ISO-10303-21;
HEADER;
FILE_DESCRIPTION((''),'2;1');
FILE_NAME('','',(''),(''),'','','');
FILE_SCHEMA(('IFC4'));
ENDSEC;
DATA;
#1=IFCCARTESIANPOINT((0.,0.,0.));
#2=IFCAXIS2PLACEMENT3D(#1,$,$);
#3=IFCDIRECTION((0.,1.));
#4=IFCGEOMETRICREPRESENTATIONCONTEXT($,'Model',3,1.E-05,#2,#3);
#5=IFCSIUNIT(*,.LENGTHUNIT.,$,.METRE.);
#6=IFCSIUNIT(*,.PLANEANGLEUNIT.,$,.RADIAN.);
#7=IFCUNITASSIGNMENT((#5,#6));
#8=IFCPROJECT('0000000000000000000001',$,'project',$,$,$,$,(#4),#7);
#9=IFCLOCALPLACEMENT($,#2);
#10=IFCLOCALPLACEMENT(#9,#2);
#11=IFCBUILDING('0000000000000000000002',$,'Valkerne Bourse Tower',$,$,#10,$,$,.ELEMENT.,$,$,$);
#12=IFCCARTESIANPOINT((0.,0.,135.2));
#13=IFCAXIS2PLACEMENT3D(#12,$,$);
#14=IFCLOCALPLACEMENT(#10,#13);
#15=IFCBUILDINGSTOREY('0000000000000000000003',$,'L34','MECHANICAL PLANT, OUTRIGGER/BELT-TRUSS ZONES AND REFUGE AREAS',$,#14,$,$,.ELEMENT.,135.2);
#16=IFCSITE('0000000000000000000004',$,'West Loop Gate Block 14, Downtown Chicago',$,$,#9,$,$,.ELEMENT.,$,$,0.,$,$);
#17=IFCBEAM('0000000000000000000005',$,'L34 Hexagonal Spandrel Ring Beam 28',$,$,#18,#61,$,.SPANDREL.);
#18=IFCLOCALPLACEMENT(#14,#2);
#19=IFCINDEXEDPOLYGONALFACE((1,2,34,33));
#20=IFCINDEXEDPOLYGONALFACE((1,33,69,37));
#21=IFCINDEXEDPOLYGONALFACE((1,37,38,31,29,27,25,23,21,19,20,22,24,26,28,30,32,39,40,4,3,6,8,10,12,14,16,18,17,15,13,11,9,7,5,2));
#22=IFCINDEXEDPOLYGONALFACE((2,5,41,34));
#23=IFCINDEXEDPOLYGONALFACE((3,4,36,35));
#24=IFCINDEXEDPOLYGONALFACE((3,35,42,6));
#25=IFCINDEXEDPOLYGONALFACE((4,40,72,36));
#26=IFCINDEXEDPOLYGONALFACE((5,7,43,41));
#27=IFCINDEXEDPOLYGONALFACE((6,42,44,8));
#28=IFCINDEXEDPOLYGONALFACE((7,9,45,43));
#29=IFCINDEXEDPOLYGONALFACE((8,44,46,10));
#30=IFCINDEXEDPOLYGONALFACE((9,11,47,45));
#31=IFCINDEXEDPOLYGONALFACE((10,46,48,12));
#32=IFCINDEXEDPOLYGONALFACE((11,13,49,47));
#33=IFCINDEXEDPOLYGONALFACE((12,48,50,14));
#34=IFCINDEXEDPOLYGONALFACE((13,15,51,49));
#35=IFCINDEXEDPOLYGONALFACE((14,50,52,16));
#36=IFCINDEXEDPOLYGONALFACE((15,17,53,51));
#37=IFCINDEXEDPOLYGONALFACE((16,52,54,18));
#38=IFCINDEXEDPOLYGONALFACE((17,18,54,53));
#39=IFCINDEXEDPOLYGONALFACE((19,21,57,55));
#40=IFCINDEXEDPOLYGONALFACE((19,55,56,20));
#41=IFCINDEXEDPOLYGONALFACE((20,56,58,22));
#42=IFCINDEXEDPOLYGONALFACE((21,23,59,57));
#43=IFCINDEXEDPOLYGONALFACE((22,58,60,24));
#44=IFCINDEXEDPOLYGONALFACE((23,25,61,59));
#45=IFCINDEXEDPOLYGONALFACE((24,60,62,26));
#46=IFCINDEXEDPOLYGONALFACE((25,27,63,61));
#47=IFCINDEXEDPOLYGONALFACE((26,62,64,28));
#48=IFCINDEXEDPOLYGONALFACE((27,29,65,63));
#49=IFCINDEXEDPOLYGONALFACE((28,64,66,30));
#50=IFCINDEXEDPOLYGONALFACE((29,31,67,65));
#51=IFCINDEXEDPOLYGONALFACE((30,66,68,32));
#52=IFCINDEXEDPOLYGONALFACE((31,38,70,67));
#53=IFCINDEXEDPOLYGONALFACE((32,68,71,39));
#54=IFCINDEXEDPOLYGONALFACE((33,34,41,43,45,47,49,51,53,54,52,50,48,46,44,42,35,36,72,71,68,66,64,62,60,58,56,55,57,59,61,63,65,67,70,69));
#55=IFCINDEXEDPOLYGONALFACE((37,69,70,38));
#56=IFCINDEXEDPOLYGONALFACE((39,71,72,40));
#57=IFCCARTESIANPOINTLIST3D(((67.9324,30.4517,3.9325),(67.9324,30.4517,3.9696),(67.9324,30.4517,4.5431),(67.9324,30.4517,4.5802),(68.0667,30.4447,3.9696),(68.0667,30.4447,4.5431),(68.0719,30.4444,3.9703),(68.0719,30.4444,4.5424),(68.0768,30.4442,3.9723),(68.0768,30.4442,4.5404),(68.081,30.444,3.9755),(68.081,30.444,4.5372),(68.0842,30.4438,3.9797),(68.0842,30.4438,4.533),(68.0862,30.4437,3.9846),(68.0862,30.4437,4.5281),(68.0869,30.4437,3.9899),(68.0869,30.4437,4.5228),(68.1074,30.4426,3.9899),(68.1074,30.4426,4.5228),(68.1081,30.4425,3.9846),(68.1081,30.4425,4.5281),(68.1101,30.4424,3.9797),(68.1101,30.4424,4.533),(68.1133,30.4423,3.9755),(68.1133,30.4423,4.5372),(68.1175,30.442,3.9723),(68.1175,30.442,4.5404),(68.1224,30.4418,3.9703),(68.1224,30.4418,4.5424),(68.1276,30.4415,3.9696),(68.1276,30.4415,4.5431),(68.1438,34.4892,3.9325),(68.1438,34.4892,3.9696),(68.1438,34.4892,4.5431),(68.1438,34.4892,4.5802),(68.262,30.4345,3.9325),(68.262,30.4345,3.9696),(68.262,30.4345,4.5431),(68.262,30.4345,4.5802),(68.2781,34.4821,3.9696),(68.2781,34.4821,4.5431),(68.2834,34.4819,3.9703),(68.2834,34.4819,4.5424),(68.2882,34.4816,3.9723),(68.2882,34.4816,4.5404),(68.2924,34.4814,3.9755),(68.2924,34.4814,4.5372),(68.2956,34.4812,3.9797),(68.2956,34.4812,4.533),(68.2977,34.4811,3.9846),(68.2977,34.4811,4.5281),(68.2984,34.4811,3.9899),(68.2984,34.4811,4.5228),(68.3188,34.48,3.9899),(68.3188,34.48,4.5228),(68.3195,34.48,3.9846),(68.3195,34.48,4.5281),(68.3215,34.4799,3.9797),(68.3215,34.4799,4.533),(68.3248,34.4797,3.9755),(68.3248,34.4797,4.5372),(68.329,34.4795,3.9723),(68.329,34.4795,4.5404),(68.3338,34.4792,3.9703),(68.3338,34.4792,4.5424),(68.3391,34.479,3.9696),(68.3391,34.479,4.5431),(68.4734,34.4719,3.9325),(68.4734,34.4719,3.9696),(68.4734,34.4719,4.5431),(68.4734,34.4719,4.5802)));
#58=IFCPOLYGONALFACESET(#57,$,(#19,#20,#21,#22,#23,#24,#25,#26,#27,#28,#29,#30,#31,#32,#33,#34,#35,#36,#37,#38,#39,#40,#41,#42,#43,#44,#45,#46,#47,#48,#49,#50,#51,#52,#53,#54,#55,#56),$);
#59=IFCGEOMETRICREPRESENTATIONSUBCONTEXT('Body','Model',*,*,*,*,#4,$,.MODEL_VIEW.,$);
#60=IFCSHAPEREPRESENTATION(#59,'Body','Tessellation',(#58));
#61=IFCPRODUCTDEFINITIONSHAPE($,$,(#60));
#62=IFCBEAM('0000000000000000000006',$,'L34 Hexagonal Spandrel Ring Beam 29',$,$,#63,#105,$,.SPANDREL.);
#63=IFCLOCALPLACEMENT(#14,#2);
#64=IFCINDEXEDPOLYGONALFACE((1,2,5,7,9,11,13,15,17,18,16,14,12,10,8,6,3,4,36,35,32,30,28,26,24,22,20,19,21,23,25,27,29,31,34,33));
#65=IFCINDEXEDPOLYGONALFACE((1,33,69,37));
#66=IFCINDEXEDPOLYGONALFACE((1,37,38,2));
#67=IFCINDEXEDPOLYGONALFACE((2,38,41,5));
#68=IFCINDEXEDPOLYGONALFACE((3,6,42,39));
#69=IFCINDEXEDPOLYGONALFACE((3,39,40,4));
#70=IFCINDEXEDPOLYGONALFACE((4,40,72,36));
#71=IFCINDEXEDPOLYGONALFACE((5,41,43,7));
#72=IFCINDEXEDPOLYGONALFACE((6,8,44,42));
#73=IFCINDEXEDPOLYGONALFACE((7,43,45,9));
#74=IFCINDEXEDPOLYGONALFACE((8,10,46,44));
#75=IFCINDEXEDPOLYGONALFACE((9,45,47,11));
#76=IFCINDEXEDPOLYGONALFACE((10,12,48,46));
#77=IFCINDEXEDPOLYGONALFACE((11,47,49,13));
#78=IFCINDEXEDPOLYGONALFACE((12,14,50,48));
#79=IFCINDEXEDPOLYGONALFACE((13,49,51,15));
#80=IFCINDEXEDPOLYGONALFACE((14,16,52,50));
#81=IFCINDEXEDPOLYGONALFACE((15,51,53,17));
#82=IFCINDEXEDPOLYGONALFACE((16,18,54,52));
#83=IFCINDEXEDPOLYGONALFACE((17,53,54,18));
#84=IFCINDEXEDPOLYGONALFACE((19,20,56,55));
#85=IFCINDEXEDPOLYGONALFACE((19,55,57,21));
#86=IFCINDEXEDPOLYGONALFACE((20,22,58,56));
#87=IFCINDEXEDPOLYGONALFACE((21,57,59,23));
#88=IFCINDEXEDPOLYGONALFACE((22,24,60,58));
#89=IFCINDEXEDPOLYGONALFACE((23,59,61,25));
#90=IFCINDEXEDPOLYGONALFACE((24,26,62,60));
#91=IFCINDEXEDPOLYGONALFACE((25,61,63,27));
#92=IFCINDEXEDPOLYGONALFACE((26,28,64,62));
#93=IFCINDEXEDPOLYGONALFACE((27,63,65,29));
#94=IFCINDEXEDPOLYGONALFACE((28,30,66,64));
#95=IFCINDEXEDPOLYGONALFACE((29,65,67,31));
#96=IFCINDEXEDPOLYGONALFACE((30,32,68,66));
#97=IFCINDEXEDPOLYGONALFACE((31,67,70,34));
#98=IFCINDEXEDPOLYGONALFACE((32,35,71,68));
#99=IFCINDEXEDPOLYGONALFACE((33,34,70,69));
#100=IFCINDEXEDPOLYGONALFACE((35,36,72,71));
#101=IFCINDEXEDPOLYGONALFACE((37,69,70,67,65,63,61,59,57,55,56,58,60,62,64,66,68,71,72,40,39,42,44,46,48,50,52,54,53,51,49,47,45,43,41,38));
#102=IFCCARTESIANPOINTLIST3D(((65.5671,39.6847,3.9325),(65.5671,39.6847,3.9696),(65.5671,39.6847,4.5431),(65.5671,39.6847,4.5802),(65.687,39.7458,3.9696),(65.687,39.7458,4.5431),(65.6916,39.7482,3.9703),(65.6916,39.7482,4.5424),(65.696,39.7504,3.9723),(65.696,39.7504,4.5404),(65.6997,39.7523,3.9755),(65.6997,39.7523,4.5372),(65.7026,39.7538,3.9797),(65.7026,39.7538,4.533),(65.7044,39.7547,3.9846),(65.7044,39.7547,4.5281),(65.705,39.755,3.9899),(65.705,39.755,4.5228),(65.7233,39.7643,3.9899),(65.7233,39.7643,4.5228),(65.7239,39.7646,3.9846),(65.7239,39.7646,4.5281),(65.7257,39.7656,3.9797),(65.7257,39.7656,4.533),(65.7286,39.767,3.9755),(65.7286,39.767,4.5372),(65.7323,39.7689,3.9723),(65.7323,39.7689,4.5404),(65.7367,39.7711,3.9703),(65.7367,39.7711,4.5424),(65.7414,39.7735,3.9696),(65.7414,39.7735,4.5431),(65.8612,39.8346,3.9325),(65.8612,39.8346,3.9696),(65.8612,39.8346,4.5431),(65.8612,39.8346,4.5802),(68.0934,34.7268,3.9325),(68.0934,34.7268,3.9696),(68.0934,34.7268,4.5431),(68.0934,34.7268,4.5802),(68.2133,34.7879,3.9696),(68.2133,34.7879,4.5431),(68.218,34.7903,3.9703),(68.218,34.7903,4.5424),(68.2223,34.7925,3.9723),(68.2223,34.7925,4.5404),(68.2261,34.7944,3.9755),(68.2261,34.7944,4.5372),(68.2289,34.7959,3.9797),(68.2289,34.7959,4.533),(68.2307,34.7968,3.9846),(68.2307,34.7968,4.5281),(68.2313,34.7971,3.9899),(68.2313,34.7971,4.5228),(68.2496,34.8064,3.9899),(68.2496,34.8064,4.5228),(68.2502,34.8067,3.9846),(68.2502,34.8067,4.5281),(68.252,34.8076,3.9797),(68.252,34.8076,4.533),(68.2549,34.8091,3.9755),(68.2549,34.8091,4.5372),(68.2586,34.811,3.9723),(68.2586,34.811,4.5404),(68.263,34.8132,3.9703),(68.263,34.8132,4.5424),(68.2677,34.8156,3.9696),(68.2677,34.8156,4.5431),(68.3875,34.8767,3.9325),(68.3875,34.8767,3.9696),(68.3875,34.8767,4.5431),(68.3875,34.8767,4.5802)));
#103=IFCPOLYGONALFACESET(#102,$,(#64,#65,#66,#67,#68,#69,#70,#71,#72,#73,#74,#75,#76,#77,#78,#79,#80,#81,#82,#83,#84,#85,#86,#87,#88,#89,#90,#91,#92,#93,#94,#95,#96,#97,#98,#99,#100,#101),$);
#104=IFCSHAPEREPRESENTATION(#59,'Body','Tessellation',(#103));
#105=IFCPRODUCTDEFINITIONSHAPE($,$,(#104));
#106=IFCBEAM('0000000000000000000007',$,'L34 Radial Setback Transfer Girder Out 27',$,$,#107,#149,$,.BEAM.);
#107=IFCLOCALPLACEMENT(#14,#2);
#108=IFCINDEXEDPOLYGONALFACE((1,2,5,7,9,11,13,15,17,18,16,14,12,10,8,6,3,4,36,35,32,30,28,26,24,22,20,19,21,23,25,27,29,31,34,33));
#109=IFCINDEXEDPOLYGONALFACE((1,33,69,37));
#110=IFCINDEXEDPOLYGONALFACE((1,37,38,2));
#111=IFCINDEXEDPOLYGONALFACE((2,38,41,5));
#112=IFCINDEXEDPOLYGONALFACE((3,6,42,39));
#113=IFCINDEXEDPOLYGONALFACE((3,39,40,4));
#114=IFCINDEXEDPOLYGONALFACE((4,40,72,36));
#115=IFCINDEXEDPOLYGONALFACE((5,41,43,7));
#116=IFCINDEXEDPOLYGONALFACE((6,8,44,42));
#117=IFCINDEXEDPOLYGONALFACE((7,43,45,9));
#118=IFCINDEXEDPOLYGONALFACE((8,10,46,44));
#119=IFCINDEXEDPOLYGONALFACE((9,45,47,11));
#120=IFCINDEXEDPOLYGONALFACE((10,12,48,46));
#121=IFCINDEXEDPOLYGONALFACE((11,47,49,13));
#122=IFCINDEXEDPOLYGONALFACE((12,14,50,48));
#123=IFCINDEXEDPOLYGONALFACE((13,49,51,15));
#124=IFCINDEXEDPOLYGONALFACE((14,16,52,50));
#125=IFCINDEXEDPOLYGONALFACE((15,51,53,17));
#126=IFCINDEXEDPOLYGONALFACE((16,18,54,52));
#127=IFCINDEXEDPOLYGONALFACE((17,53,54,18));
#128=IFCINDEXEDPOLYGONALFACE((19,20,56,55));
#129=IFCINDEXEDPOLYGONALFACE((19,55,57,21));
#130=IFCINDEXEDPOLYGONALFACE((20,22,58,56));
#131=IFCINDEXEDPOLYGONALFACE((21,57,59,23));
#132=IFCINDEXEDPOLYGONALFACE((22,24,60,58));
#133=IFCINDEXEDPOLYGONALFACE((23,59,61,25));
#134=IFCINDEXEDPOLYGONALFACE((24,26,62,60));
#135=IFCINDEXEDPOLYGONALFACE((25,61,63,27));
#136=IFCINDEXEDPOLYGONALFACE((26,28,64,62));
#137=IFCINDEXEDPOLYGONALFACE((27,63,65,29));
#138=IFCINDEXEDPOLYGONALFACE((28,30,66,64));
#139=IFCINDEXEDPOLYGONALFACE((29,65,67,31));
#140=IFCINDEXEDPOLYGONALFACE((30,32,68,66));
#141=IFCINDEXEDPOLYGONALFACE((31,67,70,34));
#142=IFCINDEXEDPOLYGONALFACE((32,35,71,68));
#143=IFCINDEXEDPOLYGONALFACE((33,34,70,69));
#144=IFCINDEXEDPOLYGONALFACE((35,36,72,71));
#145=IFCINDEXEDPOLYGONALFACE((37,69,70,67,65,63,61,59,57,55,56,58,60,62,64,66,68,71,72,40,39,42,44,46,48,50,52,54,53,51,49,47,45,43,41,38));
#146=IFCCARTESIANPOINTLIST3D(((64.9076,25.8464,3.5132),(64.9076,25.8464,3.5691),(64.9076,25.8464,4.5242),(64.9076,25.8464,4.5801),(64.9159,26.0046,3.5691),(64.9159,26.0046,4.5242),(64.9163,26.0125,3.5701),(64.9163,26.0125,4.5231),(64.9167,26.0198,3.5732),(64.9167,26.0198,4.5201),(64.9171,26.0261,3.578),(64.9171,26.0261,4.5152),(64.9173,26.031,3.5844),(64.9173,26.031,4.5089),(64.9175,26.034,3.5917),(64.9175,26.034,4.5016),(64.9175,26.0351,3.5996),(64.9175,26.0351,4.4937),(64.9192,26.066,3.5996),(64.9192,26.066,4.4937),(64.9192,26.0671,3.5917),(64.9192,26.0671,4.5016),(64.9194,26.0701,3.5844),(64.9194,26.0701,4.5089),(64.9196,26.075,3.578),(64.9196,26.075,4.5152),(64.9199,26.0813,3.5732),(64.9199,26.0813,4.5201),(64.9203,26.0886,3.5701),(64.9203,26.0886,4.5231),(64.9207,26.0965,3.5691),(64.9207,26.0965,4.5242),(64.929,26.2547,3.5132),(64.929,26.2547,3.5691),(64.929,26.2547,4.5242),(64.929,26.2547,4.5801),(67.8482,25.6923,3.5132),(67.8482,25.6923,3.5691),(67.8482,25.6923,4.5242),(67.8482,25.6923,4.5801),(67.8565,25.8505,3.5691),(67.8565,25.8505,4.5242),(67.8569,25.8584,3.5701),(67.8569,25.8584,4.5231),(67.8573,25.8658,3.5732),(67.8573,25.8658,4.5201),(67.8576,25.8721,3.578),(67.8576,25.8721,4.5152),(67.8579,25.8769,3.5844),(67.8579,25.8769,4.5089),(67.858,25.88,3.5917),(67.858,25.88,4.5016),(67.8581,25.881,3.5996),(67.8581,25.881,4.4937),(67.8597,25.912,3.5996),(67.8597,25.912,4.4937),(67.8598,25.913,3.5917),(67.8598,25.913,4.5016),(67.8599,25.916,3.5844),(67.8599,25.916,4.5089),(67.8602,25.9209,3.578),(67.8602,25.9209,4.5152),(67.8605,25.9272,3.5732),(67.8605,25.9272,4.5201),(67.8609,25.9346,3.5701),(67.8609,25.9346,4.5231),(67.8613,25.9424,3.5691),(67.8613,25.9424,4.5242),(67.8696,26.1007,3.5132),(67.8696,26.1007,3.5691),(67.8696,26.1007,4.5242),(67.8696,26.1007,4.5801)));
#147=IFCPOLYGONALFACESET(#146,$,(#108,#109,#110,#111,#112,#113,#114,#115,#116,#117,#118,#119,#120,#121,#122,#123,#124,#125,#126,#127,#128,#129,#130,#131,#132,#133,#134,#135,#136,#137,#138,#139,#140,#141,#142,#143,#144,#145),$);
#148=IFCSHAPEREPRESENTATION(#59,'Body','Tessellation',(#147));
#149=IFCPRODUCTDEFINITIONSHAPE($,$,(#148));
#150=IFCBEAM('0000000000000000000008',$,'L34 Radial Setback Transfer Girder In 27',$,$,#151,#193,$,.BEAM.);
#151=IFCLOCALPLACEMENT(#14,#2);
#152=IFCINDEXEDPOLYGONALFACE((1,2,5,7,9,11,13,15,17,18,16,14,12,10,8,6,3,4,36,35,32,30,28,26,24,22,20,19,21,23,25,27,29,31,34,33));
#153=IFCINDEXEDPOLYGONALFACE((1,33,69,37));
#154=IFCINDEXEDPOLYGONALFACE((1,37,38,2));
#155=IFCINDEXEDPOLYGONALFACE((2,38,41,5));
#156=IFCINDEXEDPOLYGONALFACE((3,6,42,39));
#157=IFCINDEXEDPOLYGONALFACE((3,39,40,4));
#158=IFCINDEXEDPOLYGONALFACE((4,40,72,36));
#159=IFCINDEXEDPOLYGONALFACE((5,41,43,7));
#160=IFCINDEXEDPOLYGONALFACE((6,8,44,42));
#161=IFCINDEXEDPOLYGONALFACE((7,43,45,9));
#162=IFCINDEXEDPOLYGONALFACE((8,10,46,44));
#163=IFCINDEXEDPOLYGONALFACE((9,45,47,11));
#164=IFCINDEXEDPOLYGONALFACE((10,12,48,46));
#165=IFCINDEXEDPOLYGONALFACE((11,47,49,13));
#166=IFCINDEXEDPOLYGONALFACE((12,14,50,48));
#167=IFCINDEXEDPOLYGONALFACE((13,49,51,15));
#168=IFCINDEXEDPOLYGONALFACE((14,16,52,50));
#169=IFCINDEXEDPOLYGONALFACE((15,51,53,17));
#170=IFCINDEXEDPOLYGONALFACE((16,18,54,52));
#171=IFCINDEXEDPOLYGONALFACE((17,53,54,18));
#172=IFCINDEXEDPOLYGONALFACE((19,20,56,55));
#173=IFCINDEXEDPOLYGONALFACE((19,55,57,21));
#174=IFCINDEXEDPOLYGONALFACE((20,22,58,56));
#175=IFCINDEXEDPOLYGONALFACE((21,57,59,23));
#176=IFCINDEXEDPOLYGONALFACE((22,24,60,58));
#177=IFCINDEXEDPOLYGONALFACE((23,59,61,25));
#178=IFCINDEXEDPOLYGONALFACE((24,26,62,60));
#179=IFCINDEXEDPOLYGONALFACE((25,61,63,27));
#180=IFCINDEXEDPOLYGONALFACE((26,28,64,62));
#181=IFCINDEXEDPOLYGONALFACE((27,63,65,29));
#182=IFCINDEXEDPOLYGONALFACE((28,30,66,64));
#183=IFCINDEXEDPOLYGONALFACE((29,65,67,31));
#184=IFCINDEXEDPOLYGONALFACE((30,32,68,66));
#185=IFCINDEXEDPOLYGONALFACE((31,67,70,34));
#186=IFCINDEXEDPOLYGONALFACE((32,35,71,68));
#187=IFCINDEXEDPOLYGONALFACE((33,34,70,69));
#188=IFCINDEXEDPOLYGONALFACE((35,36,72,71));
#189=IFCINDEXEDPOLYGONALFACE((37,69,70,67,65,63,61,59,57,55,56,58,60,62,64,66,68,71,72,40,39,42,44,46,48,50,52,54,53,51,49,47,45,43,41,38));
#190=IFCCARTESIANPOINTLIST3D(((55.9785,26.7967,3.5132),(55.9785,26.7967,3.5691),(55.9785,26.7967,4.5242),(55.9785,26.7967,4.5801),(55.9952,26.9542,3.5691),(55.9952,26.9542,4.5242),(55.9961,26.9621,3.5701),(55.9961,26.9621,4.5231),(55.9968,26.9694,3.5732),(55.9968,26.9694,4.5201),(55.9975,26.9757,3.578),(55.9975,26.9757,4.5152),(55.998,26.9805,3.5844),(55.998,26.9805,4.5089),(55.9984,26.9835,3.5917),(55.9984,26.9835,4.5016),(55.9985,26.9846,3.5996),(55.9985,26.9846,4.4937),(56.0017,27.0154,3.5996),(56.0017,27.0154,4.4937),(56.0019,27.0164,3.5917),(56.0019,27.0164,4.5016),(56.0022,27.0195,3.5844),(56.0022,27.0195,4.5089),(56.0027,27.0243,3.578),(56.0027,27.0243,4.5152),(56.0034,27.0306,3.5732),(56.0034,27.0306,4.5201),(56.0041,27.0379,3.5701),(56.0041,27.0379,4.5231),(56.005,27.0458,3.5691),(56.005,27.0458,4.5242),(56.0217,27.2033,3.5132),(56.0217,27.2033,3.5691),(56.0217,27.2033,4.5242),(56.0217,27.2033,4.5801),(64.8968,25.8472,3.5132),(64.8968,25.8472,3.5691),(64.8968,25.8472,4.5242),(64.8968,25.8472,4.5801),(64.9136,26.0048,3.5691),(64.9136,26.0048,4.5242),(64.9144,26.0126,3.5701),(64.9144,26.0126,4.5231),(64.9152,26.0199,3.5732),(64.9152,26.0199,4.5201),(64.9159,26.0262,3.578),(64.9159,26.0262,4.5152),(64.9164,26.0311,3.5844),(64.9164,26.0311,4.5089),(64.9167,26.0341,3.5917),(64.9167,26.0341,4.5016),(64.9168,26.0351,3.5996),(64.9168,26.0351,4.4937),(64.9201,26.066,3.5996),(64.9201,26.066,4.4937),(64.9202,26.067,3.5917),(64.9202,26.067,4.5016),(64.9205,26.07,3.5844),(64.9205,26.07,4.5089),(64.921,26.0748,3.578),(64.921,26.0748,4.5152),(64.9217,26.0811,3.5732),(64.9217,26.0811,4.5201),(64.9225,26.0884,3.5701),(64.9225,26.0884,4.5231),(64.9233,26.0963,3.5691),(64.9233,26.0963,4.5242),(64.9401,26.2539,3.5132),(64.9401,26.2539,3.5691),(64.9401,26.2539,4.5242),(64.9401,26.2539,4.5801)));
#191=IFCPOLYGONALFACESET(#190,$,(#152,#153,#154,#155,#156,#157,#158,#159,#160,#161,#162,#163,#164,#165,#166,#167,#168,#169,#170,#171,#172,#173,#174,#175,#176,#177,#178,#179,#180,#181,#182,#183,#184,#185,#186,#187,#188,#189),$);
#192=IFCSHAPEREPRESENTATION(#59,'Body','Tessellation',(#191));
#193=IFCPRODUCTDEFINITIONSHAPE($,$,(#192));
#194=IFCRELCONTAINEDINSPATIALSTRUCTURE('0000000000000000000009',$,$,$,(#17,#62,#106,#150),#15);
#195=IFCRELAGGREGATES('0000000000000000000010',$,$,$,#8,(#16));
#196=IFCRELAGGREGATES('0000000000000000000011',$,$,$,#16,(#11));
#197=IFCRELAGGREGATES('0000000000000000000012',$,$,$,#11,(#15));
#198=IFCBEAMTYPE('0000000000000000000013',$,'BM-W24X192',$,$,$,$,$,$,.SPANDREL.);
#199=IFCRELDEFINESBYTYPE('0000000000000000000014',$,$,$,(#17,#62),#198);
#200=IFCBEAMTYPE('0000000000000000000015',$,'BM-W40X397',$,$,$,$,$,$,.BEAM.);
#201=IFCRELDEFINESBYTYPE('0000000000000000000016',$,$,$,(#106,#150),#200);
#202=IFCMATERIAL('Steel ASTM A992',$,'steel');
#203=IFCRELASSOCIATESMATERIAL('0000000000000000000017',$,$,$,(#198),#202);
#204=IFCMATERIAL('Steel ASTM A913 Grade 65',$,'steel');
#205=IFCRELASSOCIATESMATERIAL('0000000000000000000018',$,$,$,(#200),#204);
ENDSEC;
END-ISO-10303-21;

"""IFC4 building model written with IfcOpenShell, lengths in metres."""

from ifc_helpers import new_model, si_unit, direction, frame, origin, origin_2d, place, context, subcontext, project, spatial, i_section, extrude, material, material_profile, profile_set, type_object, element, save


model = new_model("IFC4")

# Units and contexts
model_context = context("Model", 3, precision=1e-05, world=origin(), true_north=direction((0.0, 1.0)))
body_context = subcontext(model_context, "Body", "Model", "MODEL_VIEW")
ifc_project = project(units=[si_unit("LENGTHUNIT", "METRE"), si_unit("PLANEANGLEUNIT", "RADIAN")], contexts=[model_context])

# Site, building, storey
site_placement = place(None, origin())
site = spatial("IfcSite", under=ifc_project, at=site_placement, Name="West Loop Gate Block 14, Downtown Chicago", CompositionType="ELEMENT", RefElevation=0.0)
building_placement = place(site_placement, origin())
building = spatial("IfcBuilding", under=site, at=building_placement, Name="Valkerne Bourse Tower", CompositionType="ELEMENT")
storey_placement = place(building_placement, frame((0.0, 0.0, 135.2)))
storey = spatial("IfcBuildingStorey", under=building, at=storey_placement, Name="L34", Description="MECHANICAL PLANT, OUTRIGGER/BELT-TRUSS ZONES AND REFUGE AREAS", CompositionType="ELEMENT", Elevation=135.2)

# Shared definitions
ifc_material_1 = material(Name="Steel ASTM A913 Grade 65", Category="steel")

# Beams
ifc_material_2 = material(Name="Steel ASTM A992", Category="steel")
ifc_material_profile_1 = material_profile(ifc_material_2, i_section(OverallWidth=0.3301, OverallDepth=0.6477, WebThickness=0.0205, FlangeThickness=0.0371, FilletRadius=0.0203, at=origin_2d()), Name="W24X192")
ifc_profile_set_1 = profile_set([ifc_material_profile_1], Name="Steel ASTM A992")
beam_type_1 = type_object("IfcBeamType", Name="BM-W24X192", PredefinedType="SPANDREL", material=ifc_profile_set_1)
for number, where, z_axis, x_axis, name in (
    (1, (68.0972, 30.4431, 4.2563), (0.052296, 0.998632, 0.0), (-0.998632, 0.052296, 0.0), "L34 Hexagonal Spandrel Ring Beam 28"),
):
    element("IfcBeam", number, at=place(storey_placement, frame(where, z_axis=z_axis, x_axis=x_axis)), inside=storey, type_object=beam_type_1, Name=name, PredefinedType="SPANDREL", context=body_context, shape_type="SweptSolid", body=[
        extrude(i_section(OverallWidth=0.3301, OverallDepth=0.6477, WebThickness=0.0205, FlangeThickness=0.0371, FilletRadius=0.0203, at=origin_2d()), origin(), (0.0, 0.0, 1.0), 4.043),
    ])
beam_1_placement = place(storey_placement, frame((68.2405, 34.8018, 4.2563), z_axis=(-0.45401, 0.890997, 0.0), x_axis=(-0.890997, -0.45401, 0.0)))
element("IfcBeam", 2, at=beam_1_placement, inside=storey, type_object=beam_type_1, Name="L34 Hexagonal Spandrel Ring Beam 29", PredefinedType="SPANDREL", context=body_context, shape_type="SweptSolid", body=[
    extrude(i_section(OverallWidth=0.3301, OverallDepth=0.6477, WebThickness=0.0205, FlangeThickness=0.0371, FilletRadius=0.0203, at=origin_2d()), origin(), (0.0, 0.0, 1.0), 5.5645),
])
ifc_material_profile_2 = material_profile(ifc_material_1, i_section(OverallWidth=0.4089, OverallDepth=1.0669, WebThickness=0.031, FlangeThickness=0.0559, FilletRadius=0.0305, at=origin_2d()), Name="W40X397")
ifc_profile_set_2 = profile_set([ifc_material_profile_2], Name="Steel ASTM A913 Grade 65")
beam_type_2 = type_object("IfcBeamType", Name="BM-W40X397", PredefinedType="BEAM", material=ifc_profile_set_2)
beam_2_placement = place(storey_placement, frame((67.8589, 25.8965, 4.0466), z_axis=(-0.99863, 0.052319, 0.0), x_axis=(-0.052319, -0.99863, 0.0)))
element("IfcBeam", 3, at=beam_2_placement, inside=storey, type_object=beam_type_2, Name="L34 Radial Setback Transfer Girder Out 27", PredefinedType="BEAM", context=body_context, shape_type="SweptSolid", body=[
    extrude(i_section(OverallWidth=0.4089, OverallDepth=1.0669, WebThickness=0.031, FlangeThickness=0.0559, FilletRadius=0.0305, at=origin_2d()), origin(), (0.0, 0.0, 1.0), 2.9446),
])
beam_3_placement = place(storey_placement, frame((64.9185, 26.0505, 4.0466), z_axis=(-0.994381, 0.105862, 0.0), x_axis=(-0.105862, -0.994381, 0.0)))
element("IfcBeam", 4, at=beam_3_placement, inside=storey, type_object=beam_type_2, Name="L34 Radial Setback Transfer Girder In 27", PredefinedType="BEAM", context=body_context, shape_type="SweptSolid", body=[
    extrude(i_section(OverallWidth=0.4089, OverallDepth=1.0669, WebThickness=0.031, FlangeThickness=0.0559, FilletRadius=0.0305, at=origin_2d()), origin(), (0.0, 0.0, 1.0), 8.9688),
])

save(model, "model.ifc")
